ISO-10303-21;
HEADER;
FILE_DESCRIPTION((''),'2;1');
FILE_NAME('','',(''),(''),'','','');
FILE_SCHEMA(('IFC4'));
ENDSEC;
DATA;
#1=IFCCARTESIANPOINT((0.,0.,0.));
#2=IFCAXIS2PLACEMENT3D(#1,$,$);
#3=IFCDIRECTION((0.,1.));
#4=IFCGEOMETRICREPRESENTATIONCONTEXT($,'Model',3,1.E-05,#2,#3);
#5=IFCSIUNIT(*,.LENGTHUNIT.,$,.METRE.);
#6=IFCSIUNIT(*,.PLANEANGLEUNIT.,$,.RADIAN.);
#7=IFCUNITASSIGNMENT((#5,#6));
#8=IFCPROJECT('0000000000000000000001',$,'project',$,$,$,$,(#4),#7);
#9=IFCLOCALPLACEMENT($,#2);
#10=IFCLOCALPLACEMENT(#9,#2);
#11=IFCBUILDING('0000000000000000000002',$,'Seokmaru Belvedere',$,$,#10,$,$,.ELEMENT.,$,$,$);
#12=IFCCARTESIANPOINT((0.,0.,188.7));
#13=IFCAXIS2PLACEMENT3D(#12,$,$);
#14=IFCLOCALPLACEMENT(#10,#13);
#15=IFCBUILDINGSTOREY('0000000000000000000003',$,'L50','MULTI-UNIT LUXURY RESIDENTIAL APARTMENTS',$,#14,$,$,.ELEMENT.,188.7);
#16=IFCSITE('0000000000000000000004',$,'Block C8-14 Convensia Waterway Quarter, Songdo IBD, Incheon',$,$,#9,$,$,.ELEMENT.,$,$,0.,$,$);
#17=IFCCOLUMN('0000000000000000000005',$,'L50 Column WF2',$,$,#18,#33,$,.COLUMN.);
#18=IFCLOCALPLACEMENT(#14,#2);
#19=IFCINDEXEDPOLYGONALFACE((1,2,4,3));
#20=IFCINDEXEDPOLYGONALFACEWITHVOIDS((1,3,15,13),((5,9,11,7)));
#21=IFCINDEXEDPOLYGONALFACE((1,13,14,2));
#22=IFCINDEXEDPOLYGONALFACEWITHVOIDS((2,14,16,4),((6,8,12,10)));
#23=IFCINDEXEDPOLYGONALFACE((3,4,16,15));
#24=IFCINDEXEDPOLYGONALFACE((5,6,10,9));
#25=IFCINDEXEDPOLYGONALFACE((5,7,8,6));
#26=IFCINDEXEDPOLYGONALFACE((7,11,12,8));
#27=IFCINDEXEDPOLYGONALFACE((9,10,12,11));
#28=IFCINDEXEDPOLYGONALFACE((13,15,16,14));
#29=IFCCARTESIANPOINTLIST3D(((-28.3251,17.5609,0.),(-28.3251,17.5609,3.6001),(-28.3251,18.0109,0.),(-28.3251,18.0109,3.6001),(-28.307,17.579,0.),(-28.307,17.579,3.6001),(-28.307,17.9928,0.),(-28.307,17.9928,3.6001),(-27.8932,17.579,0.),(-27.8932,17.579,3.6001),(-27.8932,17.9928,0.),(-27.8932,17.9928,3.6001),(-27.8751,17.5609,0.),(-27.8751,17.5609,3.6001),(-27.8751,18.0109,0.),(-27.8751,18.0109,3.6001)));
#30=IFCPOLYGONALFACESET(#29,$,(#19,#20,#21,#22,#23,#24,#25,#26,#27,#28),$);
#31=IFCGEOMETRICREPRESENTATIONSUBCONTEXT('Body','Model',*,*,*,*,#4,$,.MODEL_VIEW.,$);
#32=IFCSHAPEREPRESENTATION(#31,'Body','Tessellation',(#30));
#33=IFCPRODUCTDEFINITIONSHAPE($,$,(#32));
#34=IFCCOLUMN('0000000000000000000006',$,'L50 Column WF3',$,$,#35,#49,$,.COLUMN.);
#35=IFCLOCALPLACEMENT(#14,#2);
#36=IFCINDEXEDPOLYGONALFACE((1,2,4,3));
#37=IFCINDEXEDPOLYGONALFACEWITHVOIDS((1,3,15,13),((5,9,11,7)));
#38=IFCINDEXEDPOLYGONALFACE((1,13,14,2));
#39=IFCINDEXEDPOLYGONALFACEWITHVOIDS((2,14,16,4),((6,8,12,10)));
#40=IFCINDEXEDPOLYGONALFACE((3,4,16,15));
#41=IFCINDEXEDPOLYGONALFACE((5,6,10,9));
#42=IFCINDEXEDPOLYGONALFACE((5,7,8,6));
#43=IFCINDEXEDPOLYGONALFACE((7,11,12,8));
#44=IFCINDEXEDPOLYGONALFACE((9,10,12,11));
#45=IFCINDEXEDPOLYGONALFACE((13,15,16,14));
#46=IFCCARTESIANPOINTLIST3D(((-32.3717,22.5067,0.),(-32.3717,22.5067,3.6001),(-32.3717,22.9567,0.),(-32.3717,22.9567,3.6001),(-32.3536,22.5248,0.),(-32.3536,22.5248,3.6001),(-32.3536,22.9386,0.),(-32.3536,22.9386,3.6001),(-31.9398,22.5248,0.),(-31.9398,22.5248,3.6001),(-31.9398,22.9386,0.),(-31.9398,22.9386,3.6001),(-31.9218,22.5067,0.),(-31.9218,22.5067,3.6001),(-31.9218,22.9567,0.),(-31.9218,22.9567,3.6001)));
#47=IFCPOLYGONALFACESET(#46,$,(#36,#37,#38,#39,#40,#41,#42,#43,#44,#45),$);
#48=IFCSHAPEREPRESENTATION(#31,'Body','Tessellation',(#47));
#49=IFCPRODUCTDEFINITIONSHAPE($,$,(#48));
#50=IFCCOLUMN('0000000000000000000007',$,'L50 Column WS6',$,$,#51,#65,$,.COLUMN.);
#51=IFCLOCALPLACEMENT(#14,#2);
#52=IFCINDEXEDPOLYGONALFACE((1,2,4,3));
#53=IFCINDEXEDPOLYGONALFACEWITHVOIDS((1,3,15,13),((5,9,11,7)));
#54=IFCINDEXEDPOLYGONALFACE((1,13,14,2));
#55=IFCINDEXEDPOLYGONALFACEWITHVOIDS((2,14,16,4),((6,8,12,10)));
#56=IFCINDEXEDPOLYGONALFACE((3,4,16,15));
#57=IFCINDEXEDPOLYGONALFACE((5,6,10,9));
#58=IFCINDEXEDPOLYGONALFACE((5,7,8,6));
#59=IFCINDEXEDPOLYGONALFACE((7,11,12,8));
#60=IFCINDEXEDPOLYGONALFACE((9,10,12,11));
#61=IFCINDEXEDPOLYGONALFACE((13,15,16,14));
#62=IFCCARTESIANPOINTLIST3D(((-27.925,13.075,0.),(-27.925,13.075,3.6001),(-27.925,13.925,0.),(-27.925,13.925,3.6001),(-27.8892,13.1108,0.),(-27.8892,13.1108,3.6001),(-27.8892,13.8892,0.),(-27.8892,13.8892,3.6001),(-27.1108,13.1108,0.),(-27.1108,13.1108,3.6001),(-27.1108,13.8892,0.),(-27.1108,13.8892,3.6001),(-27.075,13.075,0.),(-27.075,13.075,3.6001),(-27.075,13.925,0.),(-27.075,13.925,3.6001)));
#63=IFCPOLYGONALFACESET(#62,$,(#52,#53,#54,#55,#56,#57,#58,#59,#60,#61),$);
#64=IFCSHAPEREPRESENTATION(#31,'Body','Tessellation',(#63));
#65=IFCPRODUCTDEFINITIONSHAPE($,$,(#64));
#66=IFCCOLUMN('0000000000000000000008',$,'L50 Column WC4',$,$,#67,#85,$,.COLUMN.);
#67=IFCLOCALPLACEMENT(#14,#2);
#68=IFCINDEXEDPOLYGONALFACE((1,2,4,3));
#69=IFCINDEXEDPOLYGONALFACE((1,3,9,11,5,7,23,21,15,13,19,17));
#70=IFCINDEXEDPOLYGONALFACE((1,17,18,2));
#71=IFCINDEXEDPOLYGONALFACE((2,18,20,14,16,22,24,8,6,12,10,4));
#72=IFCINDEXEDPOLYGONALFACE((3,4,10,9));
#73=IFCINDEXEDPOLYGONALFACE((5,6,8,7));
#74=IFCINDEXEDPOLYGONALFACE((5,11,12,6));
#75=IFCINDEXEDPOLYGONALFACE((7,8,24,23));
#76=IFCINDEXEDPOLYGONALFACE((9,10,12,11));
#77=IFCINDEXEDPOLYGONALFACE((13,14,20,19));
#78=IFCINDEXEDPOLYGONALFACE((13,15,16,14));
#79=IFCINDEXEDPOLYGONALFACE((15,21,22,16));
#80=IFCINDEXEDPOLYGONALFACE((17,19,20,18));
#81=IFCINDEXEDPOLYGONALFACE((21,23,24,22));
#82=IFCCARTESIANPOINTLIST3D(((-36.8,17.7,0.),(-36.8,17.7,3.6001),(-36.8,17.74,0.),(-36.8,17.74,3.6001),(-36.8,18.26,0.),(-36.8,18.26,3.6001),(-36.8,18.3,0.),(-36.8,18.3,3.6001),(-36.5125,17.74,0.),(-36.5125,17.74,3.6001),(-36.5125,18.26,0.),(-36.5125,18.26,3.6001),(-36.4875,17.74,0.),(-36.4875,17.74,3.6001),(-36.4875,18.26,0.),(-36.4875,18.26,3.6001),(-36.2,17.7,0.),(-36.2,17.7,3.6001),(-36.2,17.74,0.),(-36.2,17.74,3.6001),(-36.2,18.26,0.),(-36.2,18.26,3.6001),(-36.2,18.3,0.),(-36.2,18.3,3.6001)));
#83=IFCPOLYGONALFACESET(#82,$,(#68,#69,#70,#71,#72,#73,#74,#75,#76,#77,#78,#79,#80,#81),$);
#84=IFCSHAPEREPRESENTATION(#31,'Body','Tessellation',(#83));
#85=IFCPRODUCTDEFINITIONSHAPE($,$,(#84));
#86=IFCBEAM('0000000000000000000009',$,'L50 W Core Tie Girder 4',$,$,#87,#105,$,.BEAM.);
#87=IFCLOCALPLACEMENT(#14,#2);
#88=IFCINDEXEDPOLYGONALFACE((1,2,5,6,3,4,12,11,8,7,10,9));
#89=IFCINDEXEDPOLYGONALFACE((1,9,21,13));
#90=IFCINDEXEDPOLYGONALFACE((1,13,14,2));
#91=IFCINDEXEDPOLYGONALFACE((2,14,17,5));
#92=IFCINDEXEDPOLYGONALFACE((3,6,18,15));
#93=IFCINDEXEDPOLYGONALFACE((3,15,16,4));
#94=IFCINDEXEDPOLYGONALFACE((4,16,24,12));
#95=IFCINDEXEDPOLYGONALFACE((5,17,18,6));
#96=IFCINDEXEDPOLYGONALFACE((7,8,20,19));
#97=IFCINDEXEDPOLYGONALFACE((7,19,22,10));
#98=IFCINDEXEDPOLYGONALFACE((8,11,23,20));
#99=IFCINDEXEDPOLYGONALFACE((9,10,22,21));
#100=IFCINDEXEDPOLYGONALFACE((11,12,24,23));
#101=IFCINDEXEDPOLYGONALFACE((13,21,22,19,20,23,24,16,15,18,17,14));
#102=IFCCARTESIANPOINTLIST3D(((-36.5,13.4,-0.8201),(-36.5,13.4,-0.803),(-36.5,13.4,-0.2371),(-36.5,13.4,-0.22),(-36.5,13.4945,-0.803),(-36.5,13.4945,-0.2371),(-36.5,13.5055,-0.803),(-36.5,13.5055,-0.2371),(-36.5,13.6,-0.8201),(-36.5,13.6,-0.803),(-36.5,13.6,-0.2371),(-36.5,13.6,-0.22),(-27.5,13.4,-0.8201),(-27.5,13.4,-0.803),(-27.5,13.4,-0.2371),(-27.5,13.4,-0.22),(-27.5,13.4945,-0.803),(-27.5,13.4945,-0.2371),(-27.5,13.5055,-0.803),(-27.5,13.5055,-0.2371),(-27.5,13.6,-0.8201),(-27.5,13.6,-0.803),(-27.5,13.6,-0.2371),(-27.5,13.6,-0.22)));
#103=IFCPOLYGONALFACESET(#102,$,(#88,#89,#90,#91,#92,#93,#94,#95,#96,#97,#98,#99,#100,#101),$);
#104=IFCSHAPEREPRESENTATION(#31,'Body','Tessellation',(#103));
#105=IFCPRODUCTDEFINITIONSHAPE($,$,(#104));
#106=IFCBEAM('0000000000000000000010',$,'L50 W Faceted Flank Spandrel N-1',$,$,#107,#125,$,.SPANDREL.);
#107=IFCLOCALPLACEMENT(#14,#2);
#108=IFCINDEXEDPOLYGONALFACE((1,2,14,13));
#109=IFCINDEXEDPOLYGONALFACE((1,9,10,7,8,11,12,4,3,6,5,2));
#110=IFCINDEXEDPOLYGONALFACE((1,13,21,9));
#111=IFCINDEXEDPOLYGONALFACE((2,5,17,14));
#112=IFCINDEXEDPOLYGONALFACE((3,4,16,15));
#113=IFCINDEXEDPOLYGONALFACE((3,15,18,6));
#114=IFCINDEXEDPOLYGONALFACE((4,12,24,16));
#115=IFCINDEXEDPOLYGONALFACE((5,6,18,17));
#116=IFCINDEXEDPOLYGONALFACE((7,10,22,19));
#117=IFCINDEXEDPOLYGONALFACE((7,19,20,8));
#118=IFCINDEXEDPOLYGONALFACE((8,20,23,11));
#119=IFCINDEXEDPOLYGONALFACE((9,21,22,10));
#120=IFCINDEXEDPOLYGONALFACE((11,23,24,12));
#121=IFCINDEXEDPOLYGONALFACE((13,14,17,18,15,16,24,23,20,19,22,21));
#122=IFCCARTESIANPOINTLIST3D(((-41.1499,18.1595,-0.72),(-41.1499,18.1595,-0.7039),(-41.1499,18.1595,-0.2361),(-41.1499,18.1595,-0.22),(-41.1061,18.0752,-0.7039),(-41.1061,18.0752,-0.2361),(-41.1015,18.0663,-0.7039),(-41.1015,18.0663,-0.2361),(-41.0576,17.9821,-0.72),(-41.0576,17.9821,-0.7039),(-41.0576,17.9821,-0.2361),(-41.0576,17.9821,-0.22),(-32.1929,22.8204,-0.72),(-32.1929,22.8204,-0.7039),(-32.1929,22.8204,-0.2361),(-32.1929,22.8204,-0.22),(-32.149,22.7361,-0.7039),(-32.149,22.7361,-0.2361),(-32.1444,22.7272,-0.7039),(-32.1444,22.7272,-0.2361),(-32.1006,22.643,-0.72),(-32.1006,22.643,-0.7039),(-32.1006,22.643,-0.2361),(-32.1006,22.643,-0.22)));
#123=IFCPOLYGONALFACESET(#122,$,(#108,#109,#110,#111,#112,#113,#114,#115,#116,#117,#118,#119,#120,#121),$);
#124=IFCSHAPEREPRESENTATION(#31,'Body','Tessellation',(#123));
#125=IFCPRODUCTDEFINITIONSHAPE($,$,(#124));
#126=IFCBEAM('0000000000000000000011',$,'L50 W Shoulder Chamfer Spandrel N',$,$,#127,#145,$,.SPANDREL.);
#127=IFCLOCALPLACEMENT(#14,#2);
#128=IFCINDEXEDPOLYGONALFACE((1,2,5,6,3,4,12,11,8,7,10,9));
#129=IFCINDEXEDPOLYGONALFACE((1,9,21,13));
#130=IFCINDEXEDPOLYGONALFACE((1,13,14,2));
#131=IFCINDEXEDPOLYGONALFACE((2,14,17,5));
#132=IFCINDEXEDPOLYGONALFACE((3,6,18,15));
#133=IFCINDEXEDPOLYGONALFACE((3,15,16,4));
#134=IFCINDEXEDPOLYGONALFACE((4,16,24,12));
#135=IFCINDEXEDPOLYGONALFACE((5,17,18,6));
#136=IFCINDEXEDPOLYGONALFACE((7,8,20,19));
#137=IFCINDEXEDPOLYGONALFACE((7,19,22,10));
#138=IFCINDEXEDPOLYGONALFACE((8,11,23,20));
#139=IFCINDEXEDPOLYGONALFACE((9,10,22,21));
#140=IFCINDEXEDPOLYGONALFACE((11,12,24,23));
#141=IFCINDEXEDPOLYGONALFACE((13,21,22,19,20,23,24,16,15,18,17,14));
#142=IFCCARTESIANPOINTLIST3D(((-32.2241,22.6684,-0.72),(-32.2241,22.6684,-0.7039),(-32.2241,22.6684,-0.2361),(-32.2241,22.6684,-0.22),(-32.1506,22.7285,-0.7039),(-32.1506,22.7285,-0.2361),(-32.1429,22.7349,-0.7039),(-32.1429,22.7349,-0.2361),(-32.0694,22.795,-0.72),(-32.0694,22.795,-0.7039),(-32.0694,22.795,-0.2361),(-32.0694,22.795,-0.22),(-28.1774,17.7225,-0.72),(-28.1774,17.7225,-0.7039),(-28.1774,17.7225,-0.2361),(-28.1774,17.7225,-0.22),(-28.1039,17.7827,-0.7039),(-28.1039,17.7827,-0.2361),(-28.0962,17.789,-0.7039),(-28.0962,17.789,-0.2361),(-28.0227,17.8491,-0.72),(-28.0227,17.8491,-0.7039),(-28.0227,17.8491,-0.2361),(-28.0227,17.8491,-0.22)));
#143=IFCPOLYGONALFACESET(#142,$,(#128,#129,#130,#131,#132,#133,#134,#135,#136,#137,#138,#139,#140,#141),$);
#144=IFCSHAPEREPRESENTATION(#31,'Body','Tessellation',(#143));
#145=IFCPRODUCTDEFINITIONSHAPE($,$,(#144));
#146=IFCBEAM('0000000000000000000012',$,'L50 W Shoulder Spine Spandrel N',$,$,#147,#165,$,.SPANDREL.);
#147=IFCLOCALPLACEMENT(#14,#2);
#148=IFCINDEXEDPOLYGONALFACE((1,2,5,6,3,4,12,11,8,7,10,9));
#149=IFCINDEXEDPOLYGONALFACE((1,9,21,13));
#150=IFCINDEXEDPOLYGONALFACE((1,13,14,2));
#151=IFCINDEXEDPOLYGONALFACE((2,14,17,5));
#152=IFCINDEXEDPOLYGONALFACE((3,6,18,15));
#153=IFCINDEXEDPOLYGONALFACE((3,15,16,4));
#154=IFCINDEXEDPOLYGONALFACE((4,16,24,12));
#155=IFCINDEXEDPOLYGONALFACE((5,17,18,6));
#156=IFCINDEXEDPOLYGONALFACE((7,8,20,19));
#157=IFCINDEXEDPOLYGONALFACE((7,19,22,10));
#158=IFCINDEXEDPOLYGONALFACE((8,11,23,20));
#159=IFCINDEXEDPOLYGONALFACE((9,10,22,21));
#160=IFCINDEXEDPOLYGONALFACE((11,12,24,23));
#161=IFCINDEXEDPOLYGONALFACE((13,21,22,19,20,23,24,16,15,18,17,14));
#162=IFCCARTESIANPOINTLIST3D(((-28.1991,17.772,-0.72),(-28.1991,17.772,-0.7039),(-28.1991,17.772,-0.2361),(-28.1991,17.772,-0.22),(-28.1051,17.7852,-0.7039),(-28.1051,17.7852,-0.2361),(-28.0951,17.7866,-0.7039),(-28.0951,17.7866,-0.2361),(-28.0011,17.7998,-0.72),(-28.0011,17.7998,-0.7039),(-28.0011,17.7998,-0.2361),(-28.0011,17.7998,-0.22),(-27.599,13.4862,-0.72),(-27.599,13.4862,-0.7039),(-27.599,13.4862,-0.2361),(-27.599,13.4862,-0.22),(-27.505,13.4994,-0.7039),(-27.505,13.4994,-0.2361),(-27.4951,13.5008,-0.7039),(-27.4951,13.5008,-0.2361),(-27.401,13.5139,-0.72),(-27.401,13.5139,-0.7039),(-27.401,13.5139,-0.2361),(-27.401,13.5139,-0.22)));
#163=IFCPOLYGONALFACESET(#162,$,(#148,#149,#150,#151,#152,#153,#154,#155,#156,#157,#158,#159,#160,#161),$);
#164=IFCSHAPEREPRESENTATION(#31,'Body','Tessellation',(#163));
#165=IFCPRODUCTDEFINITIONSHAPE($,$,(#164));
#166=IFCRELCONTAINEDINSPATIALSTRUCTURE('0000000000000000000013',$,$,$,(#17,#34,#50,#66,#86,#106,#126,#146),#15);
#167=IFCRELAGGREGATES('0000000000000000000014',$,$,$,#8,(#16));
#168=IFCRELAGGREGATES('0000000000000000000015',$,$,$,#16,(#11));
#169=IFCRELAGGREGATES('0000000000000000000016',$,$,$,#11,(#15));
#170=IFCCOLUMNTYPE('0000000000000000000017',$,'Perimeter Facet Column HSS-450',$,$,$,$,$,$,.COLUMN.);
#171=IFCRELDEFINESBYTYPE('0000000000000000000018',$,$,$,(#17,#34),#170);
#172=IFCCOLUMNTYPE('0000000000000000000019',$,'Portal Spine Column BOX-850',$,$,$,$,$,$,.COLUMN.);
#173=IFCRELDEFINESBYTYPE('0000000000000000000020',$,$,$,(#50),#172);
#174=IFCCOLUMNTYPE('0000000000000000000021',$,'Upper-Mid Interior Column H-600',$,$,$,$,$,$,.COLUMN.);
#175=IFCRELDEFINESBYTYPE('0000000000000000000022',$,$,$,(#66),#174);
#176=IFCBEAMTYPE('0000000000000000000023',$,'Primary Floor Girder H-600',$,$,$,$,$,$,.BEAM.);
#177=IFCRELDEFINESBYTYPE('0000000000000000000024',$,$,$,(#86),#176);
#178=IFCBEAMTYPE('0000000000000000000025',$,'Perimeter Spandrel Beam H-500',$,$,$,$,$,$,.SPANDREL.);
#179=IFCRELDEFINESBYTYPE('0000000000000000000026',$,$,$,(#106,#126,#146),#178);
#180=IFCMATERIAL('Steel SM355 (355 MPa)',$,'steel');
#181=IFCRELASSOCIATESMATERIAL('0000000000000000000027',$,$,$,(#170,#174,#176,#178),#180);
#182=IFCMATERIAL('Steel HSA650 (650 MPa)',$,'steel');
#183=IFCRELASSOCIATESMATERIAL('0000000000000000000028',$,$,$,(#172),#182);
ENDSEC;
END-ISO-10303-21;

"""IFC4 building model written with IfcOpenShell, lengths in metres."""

from ifc_helpers import new_model, si_unit, direction, frame, origin, origin_2d, place, context, subcontext, project, spatial, hollow_rectangle, i_section, extrude, source, transform, mapped, material, material_profile, profile_set, type_object, type_shapes, element, save


model = new_model("IFC4")

# Units and contexts
model_context = context("Model", 3, precision=1e-05, world=origin(), true_north=direction((0.0, 1.0)))
body_context = subcontext(model_context, "Body", "Model", "MODEL_VIEW")
ifc_project = project(units=[si_unit("LENGTHUNIT", "METRE"), si_unit("PLANEANGLEUNIT", "RADIAN")], contexts=[model_context])

# Site, building, storey
site_placement = place(None, origin())
site = spatial("IfcSite", under=ifc_project, at=site_placement, Name="Block C8-14 Convensia Waterway Quarter, Songdo IBD, Incheon", CompositionType="ELEMENT", RefElevation=0.0)
building_placement = place(site_placement, origin())
building = spatial("IfcBuilding", under=site, at=building_placement, Name="Seokmaru Belvedere", CompositionType="ELEMENT")
storey_placement = place(building_placement, frame((0.0, 0.0, 188.7)))
storey = spatial("IfcBuildingStorey", under=building, at=storey_placement, Name="L50", Description="MULTI-UNIT LUXURY RESIDENTIAL APARTMENTS", CompositionType="ELEMENT", Elevation=188.7)

# Columns
ifc_material_1 = material(Name="Steel SM355 (355 MPa)", Category="steel")
ifc_material_profile_1 = material_profile(ifc_material_1, hollow_rectangle(XDim=0.45, YDim=0.45, WallThickness=0.0181, at=origin_2d()), Name="HSS-450x450x18")
ifc_profile_set_1 = profile_set([ifc_material_profile_1], Name="Steel SM355 (355 MPa)")
column_type_1 = type_object("IfcColumnType", Name="Perimeter Facet Column HSS-450", PredefinedType="COLUMN", material=ifc_profile_set_1)
shared_shape_1 = source(origin(), body_context, "Body", "SweptSolid", [
    extrude(hollow_rectangle(XDim=0.45, YDim=0.45, WallThickness=0.0181, at=origin_2d()), origin(), (0.0, 0.0, 1.0), 3.6001),
])
type_shapes(column_type_1, [shared_shape_1])
for number, where, z_axis, x_axis, name in (
    (1, (-28.1001, 17.7859, 0.0), (0.0, 0.0, 1.0), (1.0, 0.0, 0.0), "L50 Column WF2"),
    (2, (-32.1467, 22.7317, 0.0), (0.0, 0.0, 1.0), (1.0, 0.0, 0.0), "L50 Column WF3"),
):
    element("IfcColumn", number, at=place(storey_placement, frame(where, z_axis=z_axis, x_axis=x_axis)), inside=storey, type_object=column_type_1, Name=name, PredefinedType="COLUMN", context=body_context, shape_type="MappedRepresentation", body=[
        mapped(shared_shape_1, transform((0.0, 0.0, 0.0), scale=1.0)),
    ])
ifc_material_2 = material(Name="Steel HSA650 (650 MPa)", Category="steel")
ifc_material_profile_2 = material_profile(ifc_material_2, hollow_rectangle(XDim=0.8501, YDim=0.8501, WallThickness=0.0359, at=origin_2d()), Name="BOX-850x850x36")
ifc_profile_set_2 = profile_set([ifc_material_profile_2], Name="Steel HSA650 (650 MPa)")
column_type_2 = type_object("IfcColumnType", Name="Portal Spine Column BOX-850", PredefinedType="COLUMN", material=ifc_profile_set_2)
shared_shape_2 = source(origin(), body_context, "Body", "SweptSolid", [
    extrude(hollow_rectangle(XDim=0.8501, YDim=0.8501, WallThickness=0.0359, at=origin_2d()), origin(), (0.0, 0.0, 1.0), 3.6001),
])
type_shapes(column_type_2, [shared_shape_2])
column_1_placement = place(storey_placement, frame((-27.5, 13.5, 0.0), z_axis=(0.0, 0.0, 1.0), x_axis=(1.0, 0.0, 0.0)))
element("IfcColumn", 3, at=column_1_placement, inside=storey, type_object=column_type_2, Name="L50 Column WS6", PredefinedType="COLUMN", context=body_context, shape_type="MappedRepresentation", body=[
    mapped(shared_shape_2, transform((0.0, 0.0, 0.0), scale=1.0)),
])
ifc_material_profile_3 = material_profile(ifc_material_1, i_section(OverallWidth=0.6001, OverallDepth=0.6001, WebThickness=0.0249, FlangeThickness=0.04, at=origin_2d()), Name="H-600x600x25x40")
ifc_profile_set_3 = profile_set([ifc_material_profile_3], Name="Steel SM355 (355 MPa)")
column_type_3 = type_object("IfcColumnType", Name="Upper-Mid Interior Column H-600", PredefinedType="COLUMN", material=ifc_profile_set_3)
shared_shape_3 = source(origin(), body_context, "Body", "SweptSolid", [
    extrude(i_section(OverallWidth=0.6001, OverallDepth=0.6001, WebThickness=0.0249, FlangeThickness=0.04, at=origin_2d()), origin(), (0.0, 0.0, 1.0), 3.6001),
])
type_shapes(column_type_3, [shared_shape_3])
column_2_placement = place(storey_placement, frame((-36.5, 18.0, 0.0), z_axis=(0.0, 0.0, 1.0), x_axis=(1.0, 0.0, 0.0)))
element("IfcColumn", 4, at=column_2_placement, inside=storey, type_object=column_type_3, Name="L50 Column WC4", PredefinedType="COLUMN", context=body_context, shape_type="MappedRepresentation", body=[
    mapped(shared_shape_3, transform((0.0, 0.0, 0.0), scale=1.0)),
])

# Beams
ifc_material_profile_4 = material_profile(ifc_material_1, i_section(OverallWidth=0.2, OverallDepth=0.6001, WebThickness=0.011, FlangeThickness=0.0171, at=origin_2d()), Name="H-600x200x11x17")
ifc_profile_set_4 = profile_set([ifc_material_profile_4], Name="Steel SM355 (355 MPa)")
beam_type_1 = type_object("IfcBeamType", Name="Primary Floor Girder H-600", PredefinedType="BEAM", material=ifc_profile_set_4)
shared_shape_4 = source(origin(), body_context, "Body", "SweptSolid", [
    extrude(i_section(OverallWidth=0.2, OverallDepth=0.6001, WebThickness=0.011, FlangeThickness=0.0171, at=origin_2d()), origin(), (0.0, 0.0, 1.0), 9.0),
])
type_shapes(beam_type_1, [shared_shape_4])
beam_1_placement = place(storey_placement, frame((-36.5, 13.5, -0.52), z_axis=(1.0, 0.0, 0.0), x_axis=(0.0, 1.0, 0.0)))
element("IfcBeam", 5, at=beam_1_placement, inside=storey, type_object=beam_type_1, Name="L50 W Core Tie Girder 4", PredefinedType="BEAM", context=body_context, shape_type="MappedRepresentation", body=[
    mapped(shared_shape_4, transform((0.0, 0.0, 0.0), scale=1.0)),
])
ifc_material_profile_5 = material_profile(ifc_material_1, i_section(OverallWidth=0.2, OverallDepth=0.5, WebThickness=0.01, FlangeThickness=0.0161, at=origin_2d()), Name="H-500x200x10x16")
ifc_profile_set_5 = profile_set([ifc_material_profile_5], Name="Steel SM355 (355 MPa)")
beam_type_2 = type_object("IfcBeamType", Name="Perimeter Spandrel Beam H-500", PredefinedType="SPANDREL", material=ifc_profile_set_5)
shared_shape_5 = source(origin(), body_context, "Body", "SweptSolid", [
    extrude(i_section(OverallWidth=0.2, OverallDepth=0.5, WebThickness=0.01, FlangeThickness=0.0161, at=origin_2d()), origin(), (0.0, 0.0, 1.0), 10.0972),
])
beam_2_placement = place(storey_placement, frame((-32.1467, 22.7317, -0.47), z_axis=(-0.887086, -0.461605, 0.0), x_axis=(0.461605, -0.887086, 0.0)))
element("IfcBeam", 6, at=beam_2_placement, inside=storey, type_object=beam_type_2, Name="L50 W Faceted Flank Spandrel N-1", PredefinedType="SPANDREL", context=body_context, shape_type="MappedRepresentation", body=[
    mapped(shared_shape_5, transform((0.0, 0.0, 0.0), scale=1.0)),
])
shared_shape_6 = source(origin(), body_context, "Body", "SweptSolid", [
    extrude(i_section(OverallWidth=0.2, OverallDepth=0.5, WebThickness=0.01, FlangeThickness=0.0161, at=origin_2d()), origin(), (0.0, 0.0, 1.0), 6.3904),
])
beam_3_placement = place(storey_placement, frame((-32.1467, 22.7317, -0.47), z_axis=(0.633244, -0.773952, 0.0), x_axis=(0.773952, 0.633244, 0.0)))
element("IfcBeam", 7, at=beam_3_placement, inside=storey, type_object=beam_type_2, Name="L50 W Shoulder Chamfer Spandrel N", PredefinedType="SPANDREL", context=body_context, shape_type="MappedRepresentation", body=[
    mapped(shared_shape_6, transform((0.0, 0.0, 0.0), scale=1.0)),
])
shared_shape_7 = source(origin(), body_context, "Body", "SweptSolid", [
    extrude(i_section(OverallWidth=0.2, OverallDepth=0.5, WebThickness=0.01, FlangeThickness=0.0161, at=origin_2d()), origin(), (0.0, 0.0, 1.0), 4.3276),
])
type_shapes(beam_type_2, [shared_shape_5, shared_shape_6, shared_shape_7])
beam_4_placement = place(storey_placement, frame((-28.1001, 17.7859, -0.47), z_axis=(0.138664, -0.990339, 0.0), x_axis=(0.990339, 0.138664, 0.0)))
element("IfcBeam", 8, at=beam_4_placement, inside=storey, type_object=beam_type_2, Name="L50 W Shoulder Spine Spandrel N", PredefinedType="SPANDREL", context=body_context, shape_type="MappedRepresentation", body=[
    mapped(shared_shape_7, transform((0.0, 0.0, 0.0), scale=1.0)),
])

save(model, "model.ifc")
